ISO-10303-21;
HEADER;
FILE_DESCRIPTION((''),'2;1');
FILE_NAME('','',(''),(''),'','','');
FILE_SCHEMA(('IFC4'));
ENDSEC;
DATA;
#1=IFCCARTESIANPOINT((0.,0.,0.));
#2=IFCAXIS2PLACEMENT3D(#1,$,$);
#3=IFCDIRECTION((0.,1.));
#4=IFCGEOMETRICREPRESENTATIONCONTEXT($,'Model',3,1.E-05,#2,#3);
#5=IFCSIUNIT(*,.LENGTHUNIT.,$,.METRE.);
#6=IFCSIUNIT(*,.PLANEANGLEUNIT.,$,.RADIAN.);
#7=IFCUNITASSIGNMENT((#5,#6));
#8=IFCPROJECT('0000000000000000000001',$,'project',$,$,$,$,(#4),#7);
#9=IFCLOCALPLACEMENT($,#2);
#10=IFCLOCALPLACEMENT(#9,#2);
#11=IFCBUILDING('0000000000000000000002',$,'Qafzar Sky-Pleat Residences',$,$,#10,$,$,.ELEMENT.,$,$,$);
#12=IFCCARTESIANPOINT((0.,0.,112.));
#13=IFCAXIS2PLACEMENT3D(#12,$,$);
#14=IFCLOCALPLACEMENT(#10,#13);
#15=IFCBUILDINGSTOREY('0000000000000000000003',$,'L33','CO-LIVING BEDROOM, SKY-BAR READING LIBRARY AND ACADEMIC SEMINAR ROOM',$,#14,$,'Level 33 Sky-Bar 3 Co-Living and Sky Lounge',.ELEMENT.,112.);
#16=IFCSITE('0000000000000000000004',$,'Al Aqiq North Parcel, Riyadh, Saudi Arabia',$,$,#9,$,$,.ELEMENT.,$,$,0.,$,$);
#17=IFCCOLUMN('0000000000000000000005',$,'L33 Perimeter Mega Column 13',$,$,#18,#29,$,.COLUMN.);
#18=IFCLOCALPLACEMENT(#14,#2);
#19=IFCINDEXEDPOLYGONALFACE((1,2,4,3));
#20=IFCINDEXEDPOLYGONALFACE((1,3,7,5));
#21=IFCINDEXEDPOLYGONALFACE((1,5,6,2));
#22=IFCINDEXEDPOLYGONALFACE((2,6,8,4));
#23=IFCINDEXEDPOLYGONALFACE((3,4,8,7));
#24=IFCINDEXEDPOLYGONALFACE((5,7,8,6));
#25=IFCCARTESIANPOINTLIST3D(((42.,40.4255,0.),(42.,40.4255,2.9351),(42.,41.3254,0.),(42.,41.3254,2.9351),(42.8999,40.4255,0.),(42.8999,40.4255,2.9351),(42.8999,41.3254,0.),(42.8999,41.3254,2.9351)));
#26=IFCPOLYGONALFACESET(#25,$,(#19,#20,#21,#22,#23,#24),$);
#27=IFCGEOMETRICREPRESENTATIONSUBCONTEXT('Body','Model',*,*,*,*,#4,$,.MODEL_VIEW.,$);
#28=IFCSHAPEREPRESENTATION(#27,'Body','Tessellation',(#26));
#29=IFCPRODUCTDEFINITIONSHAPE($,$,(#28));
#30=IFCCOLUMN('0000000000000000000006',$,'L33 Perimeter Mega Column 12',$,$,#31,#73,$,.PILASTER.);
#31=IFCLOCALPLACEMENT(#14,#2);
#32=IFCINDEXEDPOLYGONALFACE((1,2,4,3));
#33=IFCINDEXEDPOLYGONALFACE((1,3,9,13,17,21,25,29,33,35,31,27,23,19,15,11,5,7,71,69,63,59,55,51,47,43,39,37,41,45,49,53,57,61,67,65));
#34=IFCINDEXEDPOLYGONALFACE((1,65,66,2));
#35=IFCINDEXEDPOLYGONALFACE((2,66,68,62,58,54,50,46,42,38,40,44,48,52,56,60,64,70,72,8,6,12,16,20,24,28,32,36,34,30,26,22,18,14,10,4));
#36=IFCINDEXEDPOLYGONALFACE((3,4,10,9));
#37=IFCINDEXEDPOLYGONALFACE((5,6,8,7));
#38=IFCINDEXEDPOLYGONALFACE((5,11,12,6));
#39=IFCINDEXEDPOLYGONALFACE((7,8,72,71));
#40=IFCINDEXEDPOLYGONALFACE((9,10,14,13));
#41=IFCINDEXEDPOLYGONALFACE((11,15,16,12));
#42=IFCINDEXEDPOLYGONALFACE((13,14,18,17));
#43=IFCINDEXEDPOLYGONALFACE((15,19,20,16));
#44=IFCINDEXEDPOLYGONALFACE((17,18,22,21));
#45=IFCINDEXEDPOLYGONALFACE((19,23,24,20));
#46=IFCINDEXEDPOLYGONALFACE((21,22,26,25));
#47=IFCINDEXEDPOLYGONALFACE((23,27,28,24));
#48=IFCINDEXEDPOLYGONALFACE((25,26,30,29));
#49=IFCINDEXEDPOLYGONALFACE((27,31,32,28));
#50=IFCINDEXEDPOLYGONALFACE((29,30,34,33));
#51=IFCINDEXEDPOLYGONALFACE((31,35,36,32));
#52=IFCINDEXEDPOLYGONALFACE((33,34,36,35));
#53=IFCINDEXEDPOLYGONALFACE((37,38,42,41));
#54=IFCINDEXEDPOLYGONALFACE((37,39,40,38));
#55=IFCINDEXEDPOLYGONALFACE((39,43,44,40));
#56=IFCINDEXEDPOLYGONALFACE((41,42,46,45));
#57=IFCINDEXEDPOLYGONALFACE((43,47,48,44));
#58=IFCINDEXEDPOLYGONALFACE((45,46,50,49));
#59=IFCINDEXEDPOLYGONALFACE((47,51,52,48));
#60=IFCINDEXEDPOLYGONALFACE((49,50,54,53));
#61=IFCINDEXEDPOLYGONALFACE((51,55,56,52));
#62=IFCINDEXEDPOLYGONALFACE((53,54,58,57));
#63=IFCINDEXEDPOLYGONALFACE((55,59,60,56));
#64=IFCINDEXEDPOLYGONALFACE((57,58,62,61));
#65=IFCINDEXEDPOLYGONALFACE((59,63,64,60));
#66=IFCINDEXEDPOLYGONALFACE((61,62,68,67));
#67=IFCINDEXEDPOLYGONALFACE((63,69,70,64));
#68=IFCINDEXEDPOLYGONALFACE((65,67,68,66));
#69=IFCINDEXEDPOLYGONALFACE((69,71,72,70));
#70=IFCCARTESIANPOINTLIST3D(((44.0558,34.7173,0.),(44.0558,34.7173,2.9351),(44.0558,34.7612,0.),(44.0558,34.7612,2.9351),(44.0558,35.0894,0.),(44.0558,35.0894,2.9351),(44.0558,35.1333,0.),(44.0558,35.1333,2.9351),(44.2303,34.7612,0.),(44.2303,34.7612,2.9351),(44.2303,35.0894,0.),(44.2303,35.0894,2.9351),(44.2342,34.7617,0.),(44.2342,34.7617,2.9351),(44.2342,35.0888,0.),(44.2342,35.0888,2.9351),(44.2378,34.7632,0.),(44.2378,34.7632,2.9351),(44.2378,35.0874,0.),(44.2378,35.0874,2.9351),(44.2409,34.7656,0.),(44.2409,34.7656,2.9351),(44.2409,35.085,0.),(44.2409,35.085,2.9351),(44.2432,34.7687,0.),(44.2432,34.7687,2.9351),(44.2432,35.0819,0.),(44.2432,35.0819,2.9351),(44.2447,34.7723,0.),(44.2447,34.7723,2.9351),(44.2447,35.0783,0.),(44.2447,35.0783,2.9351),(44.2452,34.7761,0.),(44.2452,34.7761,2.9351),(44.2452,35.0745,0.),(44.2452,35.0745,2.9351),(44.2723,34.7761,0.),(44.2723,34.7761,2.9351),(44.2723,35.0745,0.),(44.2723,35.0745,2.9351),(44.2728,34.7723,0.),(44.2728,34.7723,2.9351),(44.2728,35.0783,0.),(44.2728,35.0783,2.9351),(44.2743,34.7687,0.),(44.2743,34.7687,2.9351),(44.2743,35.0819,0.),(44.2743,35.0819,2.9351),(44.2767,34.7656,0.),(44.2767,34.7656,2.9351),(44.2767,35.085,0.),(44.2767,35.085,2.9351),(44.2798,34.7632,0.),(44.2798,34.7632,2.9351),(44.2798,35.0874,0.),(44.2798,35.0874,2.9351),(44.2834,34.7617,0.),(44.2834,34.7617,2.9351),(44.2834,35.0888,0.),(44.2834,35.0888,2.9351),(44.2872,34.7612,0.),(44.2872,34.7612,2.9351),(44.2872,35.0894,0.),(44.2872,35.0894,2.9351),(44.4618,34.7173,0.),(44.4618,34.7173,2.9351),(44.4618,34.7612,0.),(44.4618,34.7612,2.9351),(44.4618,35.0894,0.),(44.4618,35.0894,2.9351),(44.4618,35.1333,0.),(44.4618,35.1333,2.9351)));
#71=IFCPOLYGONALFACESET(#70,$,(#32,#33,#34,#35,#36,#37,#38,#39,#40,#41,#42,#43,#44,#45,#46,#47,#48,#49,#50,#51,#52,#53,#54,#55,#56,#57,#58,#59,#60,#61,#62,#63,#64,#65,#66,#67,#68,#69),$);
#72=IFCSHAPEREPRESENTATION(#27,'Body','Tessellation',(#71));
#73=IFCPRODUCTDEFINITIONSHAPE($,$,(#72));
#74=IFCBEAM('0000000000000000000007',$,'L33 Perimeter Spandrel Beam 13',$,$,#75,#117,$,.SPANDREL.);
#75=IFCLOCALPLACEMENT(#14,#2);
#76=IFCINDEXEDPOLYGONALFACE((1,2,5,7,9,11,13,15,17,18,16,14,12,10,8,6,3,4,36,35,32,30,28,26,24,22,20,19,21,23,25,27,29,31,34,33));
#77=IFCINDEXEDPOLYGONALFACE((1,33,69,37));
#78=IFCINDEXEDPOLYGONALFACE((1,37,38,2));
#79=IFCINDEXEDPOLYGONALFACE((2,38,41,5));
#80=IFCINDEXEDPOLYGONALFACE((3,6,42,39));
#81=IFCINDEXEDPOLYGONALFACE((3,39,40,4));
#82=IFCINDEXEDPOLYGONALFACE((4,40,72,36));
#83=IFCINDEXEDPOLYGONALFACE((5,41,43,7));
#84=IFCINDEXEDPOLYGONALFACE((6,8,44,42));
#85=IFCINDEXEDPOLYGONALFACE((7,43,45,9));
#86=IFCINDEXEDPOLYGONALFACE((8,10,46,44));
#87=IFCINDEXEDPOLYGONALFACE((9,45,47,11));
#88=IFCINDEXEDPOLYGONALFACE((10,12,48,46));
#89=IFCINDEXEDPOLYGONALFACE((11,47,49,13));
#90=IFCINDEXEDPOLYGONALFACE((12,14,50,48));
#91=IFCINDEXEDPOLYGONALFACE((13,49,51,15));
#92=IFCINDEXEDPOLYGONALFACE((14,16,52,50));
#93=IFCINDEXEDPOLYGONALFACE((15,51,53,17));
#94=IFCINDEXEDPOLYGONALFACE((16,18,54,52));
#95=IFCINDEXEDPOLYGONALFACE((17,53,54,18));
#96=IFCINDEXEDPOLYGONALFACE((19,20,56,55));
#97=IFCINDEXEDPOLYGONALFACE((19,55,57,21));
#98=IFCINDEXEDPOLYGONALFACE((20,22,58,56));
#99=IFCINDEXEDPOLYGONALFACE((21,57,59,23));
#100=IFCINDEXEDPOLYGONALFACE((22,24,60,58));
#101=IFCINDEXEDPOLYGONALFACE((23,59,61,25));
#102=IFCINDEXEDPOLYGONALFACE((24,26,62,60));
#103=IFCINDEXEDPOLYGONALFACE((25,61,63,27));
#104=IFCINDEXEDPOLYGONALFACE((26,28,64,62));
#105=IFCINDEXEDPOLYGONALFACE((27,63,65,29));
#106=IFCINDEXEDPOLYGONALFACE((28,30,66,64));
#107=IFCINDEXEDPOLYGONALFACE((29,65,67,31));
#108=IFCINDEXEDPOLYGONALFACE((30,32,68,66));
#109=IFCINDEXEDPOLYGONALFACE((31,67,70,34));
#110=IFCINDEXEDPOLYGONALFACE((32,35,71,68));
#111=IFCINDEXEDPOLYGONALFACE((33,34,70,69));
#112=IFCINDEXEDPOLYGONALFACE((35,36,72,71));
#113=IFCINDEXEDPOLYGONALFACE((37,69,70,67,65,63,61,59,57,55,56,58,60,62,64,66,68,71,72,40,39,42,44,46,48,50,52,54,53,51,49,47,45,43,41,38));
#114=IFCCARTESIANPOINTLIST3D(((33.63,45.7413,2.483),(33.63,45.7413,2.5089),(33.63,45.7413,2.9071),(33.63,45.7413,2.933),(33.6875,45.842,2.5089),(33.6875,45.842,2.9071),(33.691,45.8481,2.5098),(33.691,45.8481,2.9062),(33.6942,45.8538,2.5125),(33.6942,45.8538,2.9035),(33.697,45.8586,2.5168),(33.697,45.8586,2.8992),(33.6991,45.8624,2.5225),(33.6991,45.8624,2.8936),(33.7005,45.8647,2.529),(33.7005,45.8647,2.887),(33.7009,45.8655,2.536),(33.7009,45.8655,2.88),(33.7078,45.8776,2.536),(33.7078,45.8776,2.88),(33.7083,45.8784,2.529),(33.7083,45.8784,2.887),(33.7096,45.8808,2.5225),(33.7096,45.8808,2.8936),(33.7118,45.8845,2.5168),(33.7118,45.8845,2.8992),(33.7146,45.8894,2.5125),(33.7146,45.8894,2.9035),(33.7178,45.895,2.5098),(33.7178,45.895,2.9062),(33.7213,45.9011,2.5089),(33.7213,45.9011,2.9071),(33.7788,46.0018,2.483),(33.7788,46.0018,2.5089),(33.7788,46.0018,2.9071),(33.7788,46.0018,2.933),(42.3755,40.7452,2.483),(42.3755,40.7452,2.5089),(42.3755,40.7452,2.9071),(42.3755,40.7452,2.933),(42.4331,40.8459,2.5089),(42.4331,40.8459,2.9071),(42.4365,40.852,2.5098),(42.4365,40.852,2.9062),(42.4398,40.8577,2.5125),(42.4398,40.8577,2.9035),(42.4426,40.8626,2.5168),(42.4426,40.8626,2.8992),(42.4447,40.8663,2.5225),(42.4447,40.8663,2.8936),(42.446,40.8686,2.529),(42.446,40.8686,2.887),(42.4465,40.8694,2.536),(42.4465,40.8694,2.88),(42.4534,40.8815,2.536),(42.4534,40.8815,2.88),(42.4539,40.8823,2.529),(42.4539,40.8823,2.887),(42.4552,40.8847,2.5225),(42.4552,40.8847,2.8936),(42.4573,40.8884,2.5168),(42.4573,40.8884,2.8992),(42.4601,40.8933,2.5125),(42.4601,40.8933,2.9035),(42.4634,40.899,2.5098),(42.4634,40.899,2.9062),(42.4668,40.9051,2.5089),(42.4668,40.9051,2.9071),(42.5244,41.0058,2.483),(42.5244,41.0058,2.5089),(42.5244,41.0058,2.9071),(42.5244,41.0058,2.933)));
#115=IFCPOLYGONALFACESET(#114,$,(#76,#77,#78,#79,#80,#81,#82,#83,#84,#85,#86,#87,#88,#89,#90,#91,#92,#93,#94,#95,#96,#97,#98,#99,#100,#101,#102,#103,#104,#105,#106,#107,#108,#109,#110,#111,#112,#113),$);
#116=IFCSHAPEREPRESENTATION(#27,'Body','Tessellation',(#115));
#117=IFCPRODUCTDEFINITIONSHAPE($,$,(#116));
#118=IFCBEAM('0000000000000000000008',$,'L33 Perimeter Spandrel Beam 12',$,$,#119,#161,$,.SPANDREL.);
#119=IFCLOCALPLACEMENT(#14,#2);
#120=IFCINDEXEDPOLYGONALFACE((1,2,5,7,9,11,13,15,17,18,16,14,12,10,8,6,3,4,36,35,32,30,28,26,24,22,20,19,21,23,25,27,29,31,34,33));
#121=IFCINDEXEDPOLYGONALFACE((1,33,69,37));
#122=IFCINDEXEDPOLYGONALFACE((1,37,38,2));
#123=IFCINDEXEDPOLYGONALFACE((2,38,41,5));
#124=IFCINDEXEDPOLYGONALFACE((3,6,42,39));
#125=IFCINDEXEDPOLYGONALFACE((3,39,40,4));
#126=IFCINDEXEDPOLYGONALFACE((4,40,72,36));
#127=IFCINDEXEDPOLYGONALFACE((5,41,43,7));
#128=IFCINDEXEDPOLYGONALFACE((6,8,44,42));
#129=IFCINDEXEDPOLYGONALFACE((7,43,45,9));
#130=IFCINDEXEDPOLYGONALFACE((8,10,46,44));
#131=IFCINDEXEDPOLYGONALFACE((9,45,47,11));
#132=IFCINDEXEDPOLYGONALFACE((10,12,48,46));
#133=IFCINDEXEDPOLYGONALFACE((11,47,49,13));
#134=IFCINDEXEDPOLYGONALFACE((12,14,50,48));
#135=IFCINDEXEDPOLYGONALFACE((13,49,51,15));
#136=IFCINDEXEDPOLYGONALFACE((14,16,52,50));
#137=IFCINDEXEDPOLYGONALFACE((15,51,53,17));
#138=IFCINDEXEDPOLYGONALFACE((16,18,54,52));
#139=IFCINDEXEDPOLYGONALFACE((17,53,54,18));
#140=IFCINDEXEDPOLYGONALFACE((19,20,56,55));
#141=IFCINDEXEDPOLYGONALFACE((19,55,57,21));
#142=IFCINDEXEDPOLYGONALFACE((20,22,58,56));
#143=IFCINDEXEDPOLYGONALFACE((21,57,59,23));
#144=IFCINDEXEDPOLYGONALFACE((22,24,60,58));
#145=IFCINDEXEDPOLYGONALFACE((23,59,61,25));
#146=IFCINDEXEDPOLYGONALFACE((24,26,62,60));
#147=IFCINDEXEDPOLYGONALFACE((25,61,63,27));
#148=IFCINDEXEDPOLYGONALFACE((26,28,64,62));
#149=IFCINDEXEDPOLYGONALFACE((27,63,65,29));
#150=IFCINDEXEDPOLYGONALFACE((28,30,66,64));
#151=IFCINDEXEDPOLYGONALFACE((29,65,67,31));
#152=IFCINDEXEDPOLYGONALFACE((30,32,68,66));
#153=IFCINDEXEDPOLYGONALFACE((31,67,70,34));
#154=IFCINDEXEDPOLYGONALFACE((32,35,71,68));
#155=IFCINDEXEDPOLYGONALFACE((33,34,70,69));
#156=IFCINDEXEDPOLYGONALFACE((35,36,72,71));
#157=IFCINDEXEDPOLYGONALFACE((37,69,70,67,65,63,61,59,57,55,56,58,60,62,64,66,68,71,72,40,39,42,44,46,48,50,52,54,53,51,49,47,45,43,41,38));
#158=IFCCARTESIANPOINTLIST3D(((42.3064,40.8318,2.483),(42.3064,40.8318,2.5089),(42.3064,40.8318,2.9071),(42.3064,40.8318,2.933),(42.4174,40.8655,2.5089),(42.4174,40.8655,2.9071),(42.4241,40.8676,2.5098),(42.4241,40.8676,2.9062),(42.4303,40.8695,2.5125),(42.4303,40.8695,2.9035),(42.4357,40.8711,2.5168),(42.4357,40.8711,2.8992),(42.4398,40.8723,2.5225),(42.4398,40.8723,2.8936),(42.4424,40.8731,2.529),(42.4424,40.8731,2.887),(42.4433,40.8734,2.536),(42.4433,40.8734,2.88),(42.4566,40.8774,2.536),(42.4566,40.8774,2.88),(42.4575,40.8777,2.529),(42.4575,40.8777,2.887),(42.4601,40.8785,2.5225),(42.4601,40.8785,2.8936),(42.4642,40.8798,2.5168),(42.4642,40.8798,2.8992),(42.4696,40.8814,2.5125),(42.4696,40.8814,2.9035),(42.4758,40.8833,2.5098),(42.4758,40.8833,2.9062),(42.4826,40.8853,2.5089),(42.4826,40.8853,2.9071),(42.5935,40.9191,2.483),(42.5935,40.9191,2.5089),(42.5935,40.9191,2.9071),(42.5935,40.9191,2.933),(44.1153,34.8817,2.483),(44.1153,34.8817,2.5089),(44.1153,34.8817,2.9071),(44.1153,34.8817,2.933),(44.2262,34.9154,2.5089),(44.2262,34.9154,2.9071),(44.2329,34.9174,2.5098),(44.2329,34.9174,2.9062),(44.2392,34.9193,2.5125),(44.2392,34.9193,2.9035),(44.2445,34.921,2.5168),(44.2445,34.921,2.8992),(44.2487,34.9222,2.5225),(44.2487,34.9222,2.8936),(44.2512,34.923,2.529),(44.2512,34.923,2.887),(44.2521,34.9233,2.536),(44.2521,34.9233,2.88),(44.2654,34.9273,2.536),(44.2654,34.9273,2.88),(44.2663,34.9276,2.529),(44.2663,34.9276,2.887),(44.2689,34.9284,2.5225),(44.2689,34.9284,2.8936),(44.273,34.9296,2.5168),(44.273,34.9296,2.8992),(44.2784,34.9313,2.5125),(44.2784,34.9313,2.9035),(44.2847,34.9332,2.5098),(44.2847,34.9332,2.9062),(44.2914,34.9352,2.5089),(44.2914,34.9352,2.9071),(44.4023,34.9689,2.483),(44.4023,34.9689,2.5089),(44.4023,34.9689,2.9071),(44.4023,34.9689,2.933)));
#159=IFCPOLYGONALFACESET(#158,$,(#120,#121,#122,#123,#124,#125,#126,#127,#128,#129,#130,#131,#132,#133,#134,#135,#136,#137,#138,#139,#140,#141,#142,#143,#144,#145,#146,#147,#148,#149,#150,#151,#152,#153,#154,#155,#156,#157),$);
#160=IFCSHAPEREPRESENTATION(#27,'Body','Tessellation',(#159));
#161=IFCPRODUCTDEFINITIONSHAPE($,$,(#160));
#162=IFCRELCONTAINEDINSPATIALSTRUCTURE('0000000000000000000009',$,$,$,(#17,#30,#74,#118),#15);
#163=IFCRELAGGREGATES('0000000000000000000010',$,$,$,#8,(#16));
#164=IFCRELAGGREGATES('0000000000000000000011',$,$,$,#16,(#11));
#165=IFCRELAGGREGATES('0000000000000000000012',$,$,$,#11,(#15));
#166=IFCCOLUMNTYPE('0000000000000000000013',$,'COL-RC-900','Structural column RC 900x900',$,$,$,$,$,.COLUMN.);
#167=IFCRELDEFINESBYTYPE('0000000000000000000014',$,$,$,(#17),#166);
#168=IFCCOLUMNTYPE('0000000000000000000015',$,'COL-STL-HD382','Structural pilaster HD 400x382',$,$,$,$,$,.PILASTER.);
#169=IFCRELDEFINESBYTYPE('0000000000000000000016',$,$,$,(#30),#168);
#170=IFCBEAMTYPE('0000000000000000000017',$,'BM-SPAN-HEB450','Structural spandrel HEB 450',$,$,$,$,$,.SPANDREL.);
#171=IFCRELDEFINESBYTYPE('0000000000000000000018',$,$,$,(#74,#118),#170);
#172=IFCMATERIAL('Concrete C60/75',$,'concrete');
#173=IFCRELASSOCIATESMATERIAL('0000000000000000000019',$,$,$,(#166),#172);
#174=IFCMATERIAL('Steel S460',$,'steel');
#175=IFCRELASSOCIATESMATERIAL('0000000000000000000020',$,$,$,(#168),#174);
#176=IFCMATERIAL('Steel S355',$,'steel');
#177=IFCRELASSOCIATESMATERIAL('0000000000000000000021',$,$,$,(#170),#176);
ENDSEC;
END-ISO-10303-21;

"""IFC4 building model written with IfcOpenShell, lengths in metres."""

from ifc_helpers import new_model, si_unit, direction, frame, origin, origin_2d, place, context, subcontext, project, spatial, rectangle, i_section, extrude, source, transform, mapped, material, material_profile, profile_set, type_object, element, save


model = new_model("IFC4")

# Units and contexts
model_context = context("Model", 3, precision=1e-05, world=origin(), true_north=direction((0.0, 1.0)))
body_context = subcontext(model_context, "Body", "Model", "MODEL_VIEW")
ifc_project = project(units=[si_unit("LENGTHUNIT", "METRE"), si_unit("PLANEANGLEUNIT", "RADIAN")], contexts=[model_context])

# Site, building, storey
site_placement = place(None, origin())
site = spatial("IfcSite", under=ifc_project, at=site_placement, Name="Al Aqiq North Parcel, Riyadh, Saudi Arabia", CompositionType="ELEMENT", RefElevation=0.0)
building_placement = place(site_placement, origin())
building = spatial("IfcBuilding", under=site, at=building_placement, Name="Qafzar Sky-Pleat Residences", CompositionType="ELEMENT")
storey_placement = place(building_placement, frame((0.0, 0.0, 112.0)))
storey = spatial("IfcBuildingStorey", under=building, at=storey_placement, Name="L33", Description="CO-LIVING BEDROOM, SKY-BAR READING LIBRARY AND ACADEMIC SEMINAR ROOM", LongName="Level 33 Sky-Bar 3 Co-Living and Sky Lounge", CompositionType="ELEMENT", Elevation=112.0)

# Columns
ifc_material_1 = material(Name="Concrete C60/75", Category="concrete")
ifc_material_profile_1 = material_profile(ifc_material_1, rectangle(XDim=0.8999, YDim=0.8999, at=origin_2d()), Name="RC 900x900")
ifc_profile_set_1 = profile_set([ifc_material_profile_1], Name="Concrete C60/75")
column_type_1 = type_object("IfcColumnType", Name="COL-RC-900", Description="Structural column RC 900x900", PredefinedType="COLUMN", material=ifc_profile_set_1)
shared_shape_1 = source(origin(), body_context, "Body", "SweptSolid", [
    extrude(rectangle(XDim=0.8999, YDim=0.8999, at=origin_2d()), origin(), (0.0, 0.0, 1.0), 2.9351),
])
column_1_placement = place(storey_placement, frame((42.45, 40.8755, 0.0), z_axis=(0.0, 0.0, 1.0), x_axis=(1.0, 0.0, 0.0)))
element("IfcColumn", 1, at=column_1_placement, inside=storey, type_object=column_type_1, Name="L33 Perimeter Mega Column 13", PredefinedType="COLUMN", context=body_context, shape_type="MappedRepresentation", body=[
    mapped(shared_shape_1, transform((0.0, 0.0, 0.0), x_axis=(1.0, 0.0, 0.0), y_axis=(0.0, 1.0, 0.0), z_axis=(0.0, 0.0, 1.0), scale=1.0)),
])
ifc_material_2 = material(Name="Steel S460", Category="steel")
ifc_material_profile_2 = material_profile(ifc_material_2, i_section(OverallWidth=0.406, OverallDepth=0.416, WebThickness=0.0271, FlangeThickness=0.0439, FilletRadius=0.0149, at=origin_2d()), Name="HD 400x382")
ifc_profile_set_2 = profile_set([ifc_material_profile_2], Name="Steel S460")
column_type_2 = type_object("IfcColumnType", Name="COL-STL-HD382", Description="Structural pilaster HD 400x382", PredefinedType="PILASTER", material=ifc_profile_set_2)
shared_shape_2 = source(origin(), body_context, "Body", "SweptSolid", [
    extrude(i_section(OverallWidth=0.406, OverallDepth=0.416, WebThickness=0.0271, FlangeThickness=0.0439, FilletRadius=0.0149, at=origin_2d()), origin(), (0.0, 0.0, 1.0), 2.9351),
])
column_2_placement = place(storey_placement, frame((44.2588, 34.9253, 0.0), z_axis=(0.0, 0.0, 1.0), x_axis=(1.0, 0.0, 0.0)))
element("IfcColumn", 2, at=column_2_placement, inside=storey, type_object=column_type_2, Name="L33 Perimeter Mega Column 12", PredefinedType="PILASTER", context=body_context, shape_type="MappedRepresentation", body=[
    mapped(shared_shape_2, transform((0.0, 0.0, 0.0), x_axis=(1.0, 0.0, 0.0), y_axis=(0.0, 1.0, 0.0), z_axis=(0.0, 0.0, 1.0), scale=1.0)),
])

# Beams
ifc_material_3 = material(Name="Steel S355", Category="steel")
ifc_material_profile_3 = material_profile(ifc_material_3, i_section(OverallWidth=0.3, OverallDepth=0.45, WebThickness=0.0139, FlangeThickness=0.0259, FilletRadius=0.0271, at=origin_2d()), Name="HEB 450")
ifc_profile_set_3 = profile_set([ifc_material_profile_3], Name="Steel S355")
beam_type_1 = type_object("IfcBeamType", Name="BM-SPAN-HEB450", Description="Structural spandrel HEB 450", PredefinedType="SPANDREL", material=ifc_profile_set_3)
shared_shape_3 = source(origin(), body_context, "Body", "SweptSolid", [
    extrude(i_section(OverallWidth=0.3, OverallDepth=0.45, WebThickness=0.0139, FlangeThickness=0.0259, FilletRadius=0.0271, at=origin_2d()), origin(), (0.0, 0.0, 1.0), 10.072),
])
beam_1_placement = place(storey_placement, frame((42.45, 40.8755, 2.708), z_axis=(-0.868303, 0.496035, 0.0), x_axis=(-0.496035, -0.868303, 0.0)))
element("IfcBeam", 3, at=beam_1_placement, inside=storey, type_object=beam_type_1, Name="L33 Perimeter Spandrel Beam 13", PredefinedType="SPANDREL", context=body_context, shape_type="MappedRepresentation", body=[
    mapped(shared_shape_3, transform((0.0, 0.0, 0.0), x_axis=(1.0, 0.0, 0.0), y_axis=(0.0, 1.0, 0.0), z_axis=(0.0, 0.0, 1.0), scale=1.0)),
])
shared_shape_4 = source(origin(), body_context, "Body", "SweptSolid", [
    extrude(i_section(OverallWidth=0.3, OverallDepth=0.45, WebThickness=0.0139, FlangeThickness=0.0259, FilletRadius=0.0271, at=origin_2d()), origin(), (0.0, 0.0, 1.0), 6.219),
])
beam_2_placement = place(storey_placement, frame((44.2588, 34.9253, 2.708), z_axis=(-0.290854, 0.956767, 0.0), x_axis=(-0.956767, -0.290854, 0.0)))
element("IfcBeam", 4, at=beam_2_placement, inside=storey, type_object=beam_type_1, Name="L33 Perimeter Spandrel Beam 12", PredefinedType="SPANDREL", context=body_context, shape_type="MappedRepresentation", body=[
    mapped(shared_shape_4, transform((0.0, 0.0, 0.0), x_axis=(1.0, 0.0, 0.0), y_axis=(0.0, 1.0, 0.0), z_axis=(0.0, 0.0, 1.0), scale=1.0)),
])

save(model, "model.ifc")
